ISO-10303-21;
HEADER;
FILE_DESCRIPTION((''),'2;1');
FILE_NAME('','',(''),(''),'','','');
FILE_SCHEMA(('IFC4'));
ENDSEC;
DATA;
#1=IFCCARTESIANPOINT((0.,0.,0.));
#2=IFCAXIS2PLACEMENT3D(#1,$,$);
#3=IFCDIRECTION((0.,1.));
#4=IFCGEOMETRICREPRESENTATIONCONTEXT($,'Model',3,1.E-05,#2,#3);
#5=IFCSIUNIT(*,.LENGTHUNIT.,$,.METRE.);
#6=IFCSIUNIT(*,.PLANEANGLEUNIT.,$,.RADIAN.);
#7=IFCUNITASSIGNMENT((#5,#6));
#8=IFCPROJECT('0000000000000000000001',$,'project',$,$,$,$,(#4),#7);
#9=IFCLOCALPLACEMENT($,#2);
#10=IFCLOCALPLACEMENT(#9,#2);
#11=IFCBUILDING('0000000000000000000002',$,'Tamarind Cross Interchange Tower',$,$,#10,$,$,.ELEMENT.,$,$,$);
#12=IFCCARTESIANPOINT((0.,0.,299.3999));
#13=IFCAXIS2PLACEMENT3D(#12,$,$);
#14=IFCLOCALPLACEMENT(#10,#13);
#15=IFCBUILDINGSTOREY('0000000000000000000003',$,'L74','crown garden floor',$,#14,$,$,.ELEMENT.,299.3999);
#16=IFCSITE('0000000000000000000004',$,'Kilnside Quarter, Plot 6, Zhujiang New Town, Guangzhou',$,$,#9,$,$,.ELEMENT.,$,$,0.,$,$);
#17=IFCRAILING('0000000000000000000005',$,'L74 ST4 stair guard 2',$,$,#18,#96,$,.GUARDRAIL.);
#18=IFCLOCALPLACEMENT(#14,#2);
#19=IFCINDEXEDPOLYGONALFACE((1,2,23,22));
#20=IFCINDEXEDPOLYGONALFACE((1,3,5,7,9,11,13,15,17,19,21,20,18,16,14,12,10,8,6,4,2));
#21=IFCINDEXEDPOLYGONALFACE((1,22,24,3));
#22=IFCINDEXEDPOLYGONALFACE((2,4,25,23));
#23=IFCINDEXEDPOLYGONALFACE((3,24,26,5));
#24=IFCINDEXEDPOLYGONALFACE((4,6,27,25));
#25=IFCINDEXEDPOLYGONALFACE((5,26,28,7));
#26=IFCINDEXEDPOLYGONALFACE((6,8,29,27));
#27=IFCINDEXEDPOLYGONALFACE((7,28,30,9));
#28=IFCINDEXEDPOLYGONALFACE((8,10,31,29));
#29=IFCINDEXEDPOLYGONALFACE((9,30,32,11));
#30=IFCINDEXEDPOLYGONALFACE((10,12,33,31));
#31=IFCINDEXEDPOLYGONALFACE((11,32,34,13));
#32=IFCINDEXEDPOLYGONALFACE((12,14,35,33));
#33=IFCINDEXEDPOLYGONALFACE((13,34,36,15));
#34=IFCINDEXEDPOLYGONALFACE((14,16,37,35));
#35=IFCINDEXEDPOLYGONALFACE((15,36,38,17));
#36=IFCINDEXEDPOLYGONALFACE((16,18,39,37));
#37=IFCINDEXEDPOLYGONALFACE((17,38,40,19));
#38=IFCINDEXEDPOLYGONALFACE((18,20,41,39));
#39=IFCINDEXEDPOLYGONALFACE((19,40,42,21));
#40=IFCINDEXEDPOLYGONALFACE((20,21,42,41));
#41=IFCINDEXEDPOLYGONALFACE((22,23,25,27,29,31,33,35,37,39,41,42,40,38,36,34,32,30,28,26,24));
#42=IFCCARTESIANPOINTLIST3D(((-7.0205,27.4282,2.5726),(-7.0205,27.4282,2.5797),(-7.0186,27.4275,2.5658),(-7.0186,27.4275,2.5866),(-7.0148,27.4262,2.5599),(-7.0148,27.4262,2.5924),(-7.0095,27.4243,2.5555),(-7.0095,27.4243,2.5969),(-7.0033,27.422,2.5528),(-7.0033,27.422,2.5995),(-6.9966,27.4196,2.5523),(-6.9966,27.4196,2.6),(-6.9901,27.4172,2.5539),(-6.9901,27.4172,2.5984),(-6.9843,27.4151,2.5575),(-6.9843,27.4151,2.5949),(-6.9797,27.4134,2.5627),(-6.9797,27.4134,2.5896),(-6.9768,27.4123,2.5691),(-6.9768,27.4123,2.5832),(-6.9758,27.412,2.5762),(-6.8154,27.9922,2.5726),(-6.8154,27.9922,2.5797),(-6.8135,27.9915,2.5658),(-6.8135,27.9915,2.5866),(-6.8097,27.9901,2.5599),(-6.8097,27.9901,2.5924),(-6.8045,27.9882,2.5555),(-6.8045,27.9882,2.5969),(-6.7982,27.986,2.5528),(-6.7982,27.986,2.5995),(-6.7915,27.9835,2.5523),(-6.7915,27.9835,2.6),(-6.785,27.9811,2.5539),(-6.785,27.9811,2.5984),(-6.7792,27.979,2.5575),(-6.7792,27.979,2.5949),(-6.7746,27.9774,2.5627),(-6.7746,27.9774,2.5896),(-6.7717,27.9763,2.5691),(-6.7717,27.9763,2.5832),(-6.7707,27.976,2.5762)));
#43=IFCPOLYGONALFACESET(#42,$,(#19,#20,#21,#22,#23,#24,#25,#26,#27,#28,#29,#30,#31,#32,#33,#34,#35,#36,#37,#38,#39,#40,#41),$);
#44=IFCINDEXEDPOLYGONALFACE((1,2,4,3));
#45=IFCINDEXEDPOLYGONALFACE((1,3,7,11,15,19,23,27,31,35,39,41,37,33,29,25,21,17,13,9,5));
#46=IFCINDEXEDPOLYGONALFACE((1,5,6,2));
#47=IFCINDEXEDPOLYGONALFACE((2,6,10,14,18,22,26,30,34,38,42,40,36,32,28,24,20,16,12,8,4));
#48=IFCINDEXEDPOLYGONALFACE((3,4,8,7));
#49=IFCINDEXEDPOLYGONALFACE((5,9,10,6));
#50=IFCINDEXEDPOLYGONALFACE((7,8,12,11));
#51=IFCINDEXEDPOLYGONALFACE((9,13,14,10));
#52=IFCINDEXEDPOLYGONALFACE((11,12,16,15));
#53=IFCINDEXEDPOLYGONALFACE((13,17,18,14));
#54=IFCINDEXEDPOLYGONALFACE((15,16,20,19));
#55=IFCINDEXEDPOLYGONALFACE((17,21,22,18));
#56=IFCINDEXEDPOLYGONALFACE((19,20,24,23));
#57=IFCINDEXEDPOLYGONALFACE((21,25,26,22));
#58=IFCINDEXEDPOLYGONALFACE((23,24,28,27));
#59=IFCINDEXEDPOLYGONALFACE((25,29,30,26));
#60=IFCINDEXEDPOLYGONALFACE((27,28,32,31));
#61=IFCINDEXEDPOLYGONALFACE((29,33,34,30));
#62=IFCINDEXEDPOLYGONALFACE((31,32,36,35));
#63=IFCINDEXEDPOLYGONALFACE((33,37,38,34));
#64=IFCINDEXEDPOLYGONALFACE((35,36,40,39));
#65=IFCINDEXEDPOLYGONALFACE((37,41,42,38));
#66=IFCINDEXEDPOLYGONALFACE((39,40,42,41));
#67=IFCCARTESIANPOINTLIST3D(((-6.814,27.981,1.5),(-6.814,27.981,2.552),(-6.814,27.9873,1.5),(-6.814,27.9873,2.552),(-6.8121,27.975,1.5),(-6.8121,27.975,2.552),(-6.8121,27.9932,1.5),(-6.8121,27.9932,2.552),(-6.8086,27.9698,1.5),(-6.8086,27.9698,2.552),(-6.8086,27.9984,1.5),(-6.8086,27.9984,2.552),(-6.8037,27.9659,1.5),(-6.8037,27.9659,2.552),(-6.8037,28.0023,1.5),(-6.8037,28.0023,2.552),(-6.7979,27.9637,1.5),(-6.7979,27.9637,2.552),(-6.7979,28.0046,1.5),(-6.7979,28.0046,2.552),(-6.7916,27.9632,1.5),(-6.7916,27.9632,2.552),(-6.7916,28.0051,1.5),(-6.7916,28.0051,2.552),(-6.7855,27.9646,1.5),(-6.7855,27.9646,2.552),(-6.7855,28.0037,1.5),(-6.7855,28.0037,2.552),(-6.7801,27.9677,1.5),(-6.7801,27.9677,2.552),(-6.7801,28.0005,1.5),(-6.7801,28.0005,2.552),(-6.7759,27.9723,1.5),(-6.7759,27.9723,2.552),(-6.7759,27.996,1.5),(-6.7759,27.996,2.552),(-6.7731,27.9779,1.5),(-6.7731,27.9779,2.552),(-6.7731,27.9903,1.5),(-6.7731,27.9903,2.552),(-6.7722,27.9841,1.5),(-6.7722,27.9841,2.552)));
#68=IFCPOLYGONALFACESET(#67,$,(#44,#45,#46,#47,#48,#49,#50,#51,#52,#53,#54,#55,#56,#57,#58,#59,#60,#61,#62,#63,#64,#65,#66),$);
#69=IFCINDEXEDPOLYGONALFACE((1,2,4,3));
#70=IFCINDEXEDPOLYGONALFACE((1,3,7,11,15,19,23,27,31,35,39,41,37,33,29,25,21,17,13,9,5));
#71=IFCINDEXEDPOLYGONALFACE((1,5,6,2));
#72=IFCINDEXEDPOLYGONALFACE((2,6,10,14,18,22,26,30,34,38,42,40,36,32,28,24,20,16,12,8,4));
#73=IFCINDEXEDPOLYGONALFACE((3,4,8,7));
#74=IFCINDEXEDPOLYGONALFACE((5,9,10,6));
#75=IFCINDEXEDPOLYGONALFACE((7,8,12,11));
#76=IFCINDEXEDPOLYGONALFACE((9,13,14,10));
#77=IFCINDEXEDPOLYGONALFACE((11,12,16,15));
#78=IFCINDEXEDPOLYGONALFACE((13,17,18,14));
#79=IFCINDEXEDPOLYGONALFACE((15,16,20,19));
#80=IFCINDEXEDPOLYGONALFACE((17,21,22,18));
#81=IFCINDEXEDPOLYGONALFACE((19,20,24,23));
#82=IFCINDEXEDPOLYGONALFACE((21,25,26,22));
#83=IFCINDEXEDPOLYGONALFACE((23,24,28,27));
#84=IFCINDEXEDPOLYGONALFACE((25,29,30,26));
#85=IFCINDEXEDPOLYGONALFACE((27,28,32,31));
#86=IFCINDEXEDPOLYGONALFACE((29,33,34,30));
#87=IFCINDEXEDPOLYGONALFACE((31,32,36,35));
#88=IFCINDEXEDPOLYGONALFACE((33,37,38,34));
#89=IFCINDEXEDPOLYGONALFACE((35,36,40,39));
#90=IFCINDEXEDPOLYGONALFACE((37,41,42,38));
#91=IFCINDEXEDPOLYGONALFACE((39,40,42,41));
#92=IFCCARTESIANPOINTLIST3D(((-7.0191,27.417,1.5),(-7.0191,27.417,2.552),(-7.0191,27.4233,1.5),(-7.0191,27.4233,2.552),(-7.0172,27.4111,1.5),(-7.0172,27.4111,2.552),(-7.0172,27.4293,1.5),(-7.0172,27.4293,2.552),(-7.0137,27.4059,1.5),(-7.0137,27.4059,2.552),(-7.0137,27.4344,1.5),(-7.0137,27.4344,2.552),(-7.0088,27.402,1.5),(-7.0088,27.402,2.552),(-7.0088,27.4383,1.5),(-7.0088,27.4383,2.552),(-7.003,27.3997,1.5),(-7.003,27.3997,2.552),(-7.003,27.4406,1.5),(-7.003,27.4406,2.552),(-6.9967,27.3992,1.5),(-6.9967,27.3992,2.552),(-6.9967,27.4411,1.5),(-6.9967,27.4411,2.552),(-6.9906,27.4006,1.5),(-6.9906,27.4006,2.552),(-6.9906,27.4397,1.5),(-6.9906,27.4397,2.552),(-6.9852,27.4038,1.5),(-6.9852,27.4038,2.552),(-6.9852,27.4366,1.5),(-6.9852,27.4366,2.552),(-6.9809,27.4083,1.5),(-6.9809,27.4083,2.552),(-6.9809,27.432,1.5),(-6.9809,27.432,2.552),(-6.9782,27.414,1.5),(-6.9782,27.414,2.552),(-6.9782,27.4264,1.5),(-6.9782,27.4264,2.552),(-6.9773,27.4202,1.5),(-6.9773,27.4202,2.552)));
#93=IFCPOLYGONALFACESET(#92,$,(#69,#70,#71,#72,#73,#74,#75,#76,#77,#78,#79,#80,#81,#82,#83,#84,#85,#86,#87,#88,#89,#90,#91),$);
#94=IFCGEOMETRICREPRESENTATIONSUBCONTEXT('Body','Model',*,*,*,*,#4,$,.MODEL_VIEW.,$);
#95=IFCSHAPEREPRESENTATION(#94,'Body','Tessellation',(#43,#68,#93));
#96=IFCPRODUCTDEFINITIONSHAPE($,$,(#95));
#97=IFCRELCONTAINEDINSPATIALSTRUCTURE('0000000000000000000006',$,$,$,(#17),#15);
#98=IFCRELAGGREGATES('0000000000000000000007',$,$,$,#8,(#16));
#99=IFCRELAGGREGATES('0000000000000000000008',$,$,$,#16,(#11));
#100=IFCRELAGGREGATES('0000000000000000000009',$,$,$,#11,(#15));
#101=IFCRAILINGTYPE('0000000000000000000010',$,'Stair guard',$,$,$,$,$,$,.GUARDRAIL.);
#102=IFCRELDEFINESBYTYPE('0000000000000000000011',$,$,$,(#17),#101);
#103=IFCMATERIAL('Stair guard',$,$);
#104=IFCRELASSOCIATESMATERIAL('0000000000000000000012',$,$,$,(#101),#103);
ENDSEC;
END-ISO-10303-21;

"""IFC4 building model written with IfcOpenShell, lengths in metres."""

from ifc_helpers import new_model, si_unit, direction, frame, origin, origin_2d, place, context, subcontext, project, spatial, circle, extrude, material, type_object, element, save


model = new_model("IFC4")

# Units and contexts
model_context = context("Model", 3, precision=1e-05, world=origin(), true_north=direction((0.0, 1.0)))
body_context = subcontext(model_context, "Body", "Model", "MODEL_VIEW")
ifc_project = project(units=[si_unit("LENGTHUNIT", "METRE"), si_unit("PLANEANGLEUNIT", "RADIAN")], contexts=[model_context])

# Site, building, storey
site_placement = place(None, origin())
site = spatial("IfcSite", under=ifc_project, at=site_placement, Name="Kilnside Quarter, Plot 6, Zhujiang New Town, Guangzhou", CompositionType="ELEMENT", RefElevation=0.0)
building_placement = place(site_placement, origin())
building = spatial("IfcBuilding", under=site, at=building_placement, Name="Tamarind Cross Interchange Tower", CompositionType="ELEMENT")
storey_placement = place(building_placement, frame((0.0, 0.0, 299.3999)))
storey = spatial("IfcBuildingStorey", under=building, at=storey_placement, Name="L74", Description="crown garden floor", CompositionType="ELEMENT", Elevation=299.3999)

# Railing
ifc_material_1 = material(Name="Stair guard")
railing_type_1 = type_object("IfcRailingType", Name="Stair guard", PredefinedType="GUARDRAIL", material=ifc_material_1)
railing_1_placement = place(storey_placement, frame((-6.7932, 27.9841, 1.5)))
element("IfcRailing", 1, at=railing_1_placement, inside=storey, type_object=railing_type_1, Name="L74 ST4 stair guard 2", PredefinedType="GUARDRAIL", context=body_context, shape_type="SweptSolid", body=[
    extrude(circle(Radius=0.0239, at=origin_2d()), frame((0.0, 0.0, 1.0762), z_axis=(-0.341743, -0.939793, 0.0), x_axis=(0.939793, -0.341743, 0.0)), (0.0, 0.0, 1.0), 0.6001),
    extrude(circle(Radius=0.021, at=origin_2d()), origin(), (0.0, 0.0, 1.0), 1.052),
    extrude(circle(Radius=0.021, at=origin_2d()), frame((-0.2051, -0.564, 0.0)), (0.0, 0.0, 1.0), 1.052),
])

save(model, "model.ifc")
